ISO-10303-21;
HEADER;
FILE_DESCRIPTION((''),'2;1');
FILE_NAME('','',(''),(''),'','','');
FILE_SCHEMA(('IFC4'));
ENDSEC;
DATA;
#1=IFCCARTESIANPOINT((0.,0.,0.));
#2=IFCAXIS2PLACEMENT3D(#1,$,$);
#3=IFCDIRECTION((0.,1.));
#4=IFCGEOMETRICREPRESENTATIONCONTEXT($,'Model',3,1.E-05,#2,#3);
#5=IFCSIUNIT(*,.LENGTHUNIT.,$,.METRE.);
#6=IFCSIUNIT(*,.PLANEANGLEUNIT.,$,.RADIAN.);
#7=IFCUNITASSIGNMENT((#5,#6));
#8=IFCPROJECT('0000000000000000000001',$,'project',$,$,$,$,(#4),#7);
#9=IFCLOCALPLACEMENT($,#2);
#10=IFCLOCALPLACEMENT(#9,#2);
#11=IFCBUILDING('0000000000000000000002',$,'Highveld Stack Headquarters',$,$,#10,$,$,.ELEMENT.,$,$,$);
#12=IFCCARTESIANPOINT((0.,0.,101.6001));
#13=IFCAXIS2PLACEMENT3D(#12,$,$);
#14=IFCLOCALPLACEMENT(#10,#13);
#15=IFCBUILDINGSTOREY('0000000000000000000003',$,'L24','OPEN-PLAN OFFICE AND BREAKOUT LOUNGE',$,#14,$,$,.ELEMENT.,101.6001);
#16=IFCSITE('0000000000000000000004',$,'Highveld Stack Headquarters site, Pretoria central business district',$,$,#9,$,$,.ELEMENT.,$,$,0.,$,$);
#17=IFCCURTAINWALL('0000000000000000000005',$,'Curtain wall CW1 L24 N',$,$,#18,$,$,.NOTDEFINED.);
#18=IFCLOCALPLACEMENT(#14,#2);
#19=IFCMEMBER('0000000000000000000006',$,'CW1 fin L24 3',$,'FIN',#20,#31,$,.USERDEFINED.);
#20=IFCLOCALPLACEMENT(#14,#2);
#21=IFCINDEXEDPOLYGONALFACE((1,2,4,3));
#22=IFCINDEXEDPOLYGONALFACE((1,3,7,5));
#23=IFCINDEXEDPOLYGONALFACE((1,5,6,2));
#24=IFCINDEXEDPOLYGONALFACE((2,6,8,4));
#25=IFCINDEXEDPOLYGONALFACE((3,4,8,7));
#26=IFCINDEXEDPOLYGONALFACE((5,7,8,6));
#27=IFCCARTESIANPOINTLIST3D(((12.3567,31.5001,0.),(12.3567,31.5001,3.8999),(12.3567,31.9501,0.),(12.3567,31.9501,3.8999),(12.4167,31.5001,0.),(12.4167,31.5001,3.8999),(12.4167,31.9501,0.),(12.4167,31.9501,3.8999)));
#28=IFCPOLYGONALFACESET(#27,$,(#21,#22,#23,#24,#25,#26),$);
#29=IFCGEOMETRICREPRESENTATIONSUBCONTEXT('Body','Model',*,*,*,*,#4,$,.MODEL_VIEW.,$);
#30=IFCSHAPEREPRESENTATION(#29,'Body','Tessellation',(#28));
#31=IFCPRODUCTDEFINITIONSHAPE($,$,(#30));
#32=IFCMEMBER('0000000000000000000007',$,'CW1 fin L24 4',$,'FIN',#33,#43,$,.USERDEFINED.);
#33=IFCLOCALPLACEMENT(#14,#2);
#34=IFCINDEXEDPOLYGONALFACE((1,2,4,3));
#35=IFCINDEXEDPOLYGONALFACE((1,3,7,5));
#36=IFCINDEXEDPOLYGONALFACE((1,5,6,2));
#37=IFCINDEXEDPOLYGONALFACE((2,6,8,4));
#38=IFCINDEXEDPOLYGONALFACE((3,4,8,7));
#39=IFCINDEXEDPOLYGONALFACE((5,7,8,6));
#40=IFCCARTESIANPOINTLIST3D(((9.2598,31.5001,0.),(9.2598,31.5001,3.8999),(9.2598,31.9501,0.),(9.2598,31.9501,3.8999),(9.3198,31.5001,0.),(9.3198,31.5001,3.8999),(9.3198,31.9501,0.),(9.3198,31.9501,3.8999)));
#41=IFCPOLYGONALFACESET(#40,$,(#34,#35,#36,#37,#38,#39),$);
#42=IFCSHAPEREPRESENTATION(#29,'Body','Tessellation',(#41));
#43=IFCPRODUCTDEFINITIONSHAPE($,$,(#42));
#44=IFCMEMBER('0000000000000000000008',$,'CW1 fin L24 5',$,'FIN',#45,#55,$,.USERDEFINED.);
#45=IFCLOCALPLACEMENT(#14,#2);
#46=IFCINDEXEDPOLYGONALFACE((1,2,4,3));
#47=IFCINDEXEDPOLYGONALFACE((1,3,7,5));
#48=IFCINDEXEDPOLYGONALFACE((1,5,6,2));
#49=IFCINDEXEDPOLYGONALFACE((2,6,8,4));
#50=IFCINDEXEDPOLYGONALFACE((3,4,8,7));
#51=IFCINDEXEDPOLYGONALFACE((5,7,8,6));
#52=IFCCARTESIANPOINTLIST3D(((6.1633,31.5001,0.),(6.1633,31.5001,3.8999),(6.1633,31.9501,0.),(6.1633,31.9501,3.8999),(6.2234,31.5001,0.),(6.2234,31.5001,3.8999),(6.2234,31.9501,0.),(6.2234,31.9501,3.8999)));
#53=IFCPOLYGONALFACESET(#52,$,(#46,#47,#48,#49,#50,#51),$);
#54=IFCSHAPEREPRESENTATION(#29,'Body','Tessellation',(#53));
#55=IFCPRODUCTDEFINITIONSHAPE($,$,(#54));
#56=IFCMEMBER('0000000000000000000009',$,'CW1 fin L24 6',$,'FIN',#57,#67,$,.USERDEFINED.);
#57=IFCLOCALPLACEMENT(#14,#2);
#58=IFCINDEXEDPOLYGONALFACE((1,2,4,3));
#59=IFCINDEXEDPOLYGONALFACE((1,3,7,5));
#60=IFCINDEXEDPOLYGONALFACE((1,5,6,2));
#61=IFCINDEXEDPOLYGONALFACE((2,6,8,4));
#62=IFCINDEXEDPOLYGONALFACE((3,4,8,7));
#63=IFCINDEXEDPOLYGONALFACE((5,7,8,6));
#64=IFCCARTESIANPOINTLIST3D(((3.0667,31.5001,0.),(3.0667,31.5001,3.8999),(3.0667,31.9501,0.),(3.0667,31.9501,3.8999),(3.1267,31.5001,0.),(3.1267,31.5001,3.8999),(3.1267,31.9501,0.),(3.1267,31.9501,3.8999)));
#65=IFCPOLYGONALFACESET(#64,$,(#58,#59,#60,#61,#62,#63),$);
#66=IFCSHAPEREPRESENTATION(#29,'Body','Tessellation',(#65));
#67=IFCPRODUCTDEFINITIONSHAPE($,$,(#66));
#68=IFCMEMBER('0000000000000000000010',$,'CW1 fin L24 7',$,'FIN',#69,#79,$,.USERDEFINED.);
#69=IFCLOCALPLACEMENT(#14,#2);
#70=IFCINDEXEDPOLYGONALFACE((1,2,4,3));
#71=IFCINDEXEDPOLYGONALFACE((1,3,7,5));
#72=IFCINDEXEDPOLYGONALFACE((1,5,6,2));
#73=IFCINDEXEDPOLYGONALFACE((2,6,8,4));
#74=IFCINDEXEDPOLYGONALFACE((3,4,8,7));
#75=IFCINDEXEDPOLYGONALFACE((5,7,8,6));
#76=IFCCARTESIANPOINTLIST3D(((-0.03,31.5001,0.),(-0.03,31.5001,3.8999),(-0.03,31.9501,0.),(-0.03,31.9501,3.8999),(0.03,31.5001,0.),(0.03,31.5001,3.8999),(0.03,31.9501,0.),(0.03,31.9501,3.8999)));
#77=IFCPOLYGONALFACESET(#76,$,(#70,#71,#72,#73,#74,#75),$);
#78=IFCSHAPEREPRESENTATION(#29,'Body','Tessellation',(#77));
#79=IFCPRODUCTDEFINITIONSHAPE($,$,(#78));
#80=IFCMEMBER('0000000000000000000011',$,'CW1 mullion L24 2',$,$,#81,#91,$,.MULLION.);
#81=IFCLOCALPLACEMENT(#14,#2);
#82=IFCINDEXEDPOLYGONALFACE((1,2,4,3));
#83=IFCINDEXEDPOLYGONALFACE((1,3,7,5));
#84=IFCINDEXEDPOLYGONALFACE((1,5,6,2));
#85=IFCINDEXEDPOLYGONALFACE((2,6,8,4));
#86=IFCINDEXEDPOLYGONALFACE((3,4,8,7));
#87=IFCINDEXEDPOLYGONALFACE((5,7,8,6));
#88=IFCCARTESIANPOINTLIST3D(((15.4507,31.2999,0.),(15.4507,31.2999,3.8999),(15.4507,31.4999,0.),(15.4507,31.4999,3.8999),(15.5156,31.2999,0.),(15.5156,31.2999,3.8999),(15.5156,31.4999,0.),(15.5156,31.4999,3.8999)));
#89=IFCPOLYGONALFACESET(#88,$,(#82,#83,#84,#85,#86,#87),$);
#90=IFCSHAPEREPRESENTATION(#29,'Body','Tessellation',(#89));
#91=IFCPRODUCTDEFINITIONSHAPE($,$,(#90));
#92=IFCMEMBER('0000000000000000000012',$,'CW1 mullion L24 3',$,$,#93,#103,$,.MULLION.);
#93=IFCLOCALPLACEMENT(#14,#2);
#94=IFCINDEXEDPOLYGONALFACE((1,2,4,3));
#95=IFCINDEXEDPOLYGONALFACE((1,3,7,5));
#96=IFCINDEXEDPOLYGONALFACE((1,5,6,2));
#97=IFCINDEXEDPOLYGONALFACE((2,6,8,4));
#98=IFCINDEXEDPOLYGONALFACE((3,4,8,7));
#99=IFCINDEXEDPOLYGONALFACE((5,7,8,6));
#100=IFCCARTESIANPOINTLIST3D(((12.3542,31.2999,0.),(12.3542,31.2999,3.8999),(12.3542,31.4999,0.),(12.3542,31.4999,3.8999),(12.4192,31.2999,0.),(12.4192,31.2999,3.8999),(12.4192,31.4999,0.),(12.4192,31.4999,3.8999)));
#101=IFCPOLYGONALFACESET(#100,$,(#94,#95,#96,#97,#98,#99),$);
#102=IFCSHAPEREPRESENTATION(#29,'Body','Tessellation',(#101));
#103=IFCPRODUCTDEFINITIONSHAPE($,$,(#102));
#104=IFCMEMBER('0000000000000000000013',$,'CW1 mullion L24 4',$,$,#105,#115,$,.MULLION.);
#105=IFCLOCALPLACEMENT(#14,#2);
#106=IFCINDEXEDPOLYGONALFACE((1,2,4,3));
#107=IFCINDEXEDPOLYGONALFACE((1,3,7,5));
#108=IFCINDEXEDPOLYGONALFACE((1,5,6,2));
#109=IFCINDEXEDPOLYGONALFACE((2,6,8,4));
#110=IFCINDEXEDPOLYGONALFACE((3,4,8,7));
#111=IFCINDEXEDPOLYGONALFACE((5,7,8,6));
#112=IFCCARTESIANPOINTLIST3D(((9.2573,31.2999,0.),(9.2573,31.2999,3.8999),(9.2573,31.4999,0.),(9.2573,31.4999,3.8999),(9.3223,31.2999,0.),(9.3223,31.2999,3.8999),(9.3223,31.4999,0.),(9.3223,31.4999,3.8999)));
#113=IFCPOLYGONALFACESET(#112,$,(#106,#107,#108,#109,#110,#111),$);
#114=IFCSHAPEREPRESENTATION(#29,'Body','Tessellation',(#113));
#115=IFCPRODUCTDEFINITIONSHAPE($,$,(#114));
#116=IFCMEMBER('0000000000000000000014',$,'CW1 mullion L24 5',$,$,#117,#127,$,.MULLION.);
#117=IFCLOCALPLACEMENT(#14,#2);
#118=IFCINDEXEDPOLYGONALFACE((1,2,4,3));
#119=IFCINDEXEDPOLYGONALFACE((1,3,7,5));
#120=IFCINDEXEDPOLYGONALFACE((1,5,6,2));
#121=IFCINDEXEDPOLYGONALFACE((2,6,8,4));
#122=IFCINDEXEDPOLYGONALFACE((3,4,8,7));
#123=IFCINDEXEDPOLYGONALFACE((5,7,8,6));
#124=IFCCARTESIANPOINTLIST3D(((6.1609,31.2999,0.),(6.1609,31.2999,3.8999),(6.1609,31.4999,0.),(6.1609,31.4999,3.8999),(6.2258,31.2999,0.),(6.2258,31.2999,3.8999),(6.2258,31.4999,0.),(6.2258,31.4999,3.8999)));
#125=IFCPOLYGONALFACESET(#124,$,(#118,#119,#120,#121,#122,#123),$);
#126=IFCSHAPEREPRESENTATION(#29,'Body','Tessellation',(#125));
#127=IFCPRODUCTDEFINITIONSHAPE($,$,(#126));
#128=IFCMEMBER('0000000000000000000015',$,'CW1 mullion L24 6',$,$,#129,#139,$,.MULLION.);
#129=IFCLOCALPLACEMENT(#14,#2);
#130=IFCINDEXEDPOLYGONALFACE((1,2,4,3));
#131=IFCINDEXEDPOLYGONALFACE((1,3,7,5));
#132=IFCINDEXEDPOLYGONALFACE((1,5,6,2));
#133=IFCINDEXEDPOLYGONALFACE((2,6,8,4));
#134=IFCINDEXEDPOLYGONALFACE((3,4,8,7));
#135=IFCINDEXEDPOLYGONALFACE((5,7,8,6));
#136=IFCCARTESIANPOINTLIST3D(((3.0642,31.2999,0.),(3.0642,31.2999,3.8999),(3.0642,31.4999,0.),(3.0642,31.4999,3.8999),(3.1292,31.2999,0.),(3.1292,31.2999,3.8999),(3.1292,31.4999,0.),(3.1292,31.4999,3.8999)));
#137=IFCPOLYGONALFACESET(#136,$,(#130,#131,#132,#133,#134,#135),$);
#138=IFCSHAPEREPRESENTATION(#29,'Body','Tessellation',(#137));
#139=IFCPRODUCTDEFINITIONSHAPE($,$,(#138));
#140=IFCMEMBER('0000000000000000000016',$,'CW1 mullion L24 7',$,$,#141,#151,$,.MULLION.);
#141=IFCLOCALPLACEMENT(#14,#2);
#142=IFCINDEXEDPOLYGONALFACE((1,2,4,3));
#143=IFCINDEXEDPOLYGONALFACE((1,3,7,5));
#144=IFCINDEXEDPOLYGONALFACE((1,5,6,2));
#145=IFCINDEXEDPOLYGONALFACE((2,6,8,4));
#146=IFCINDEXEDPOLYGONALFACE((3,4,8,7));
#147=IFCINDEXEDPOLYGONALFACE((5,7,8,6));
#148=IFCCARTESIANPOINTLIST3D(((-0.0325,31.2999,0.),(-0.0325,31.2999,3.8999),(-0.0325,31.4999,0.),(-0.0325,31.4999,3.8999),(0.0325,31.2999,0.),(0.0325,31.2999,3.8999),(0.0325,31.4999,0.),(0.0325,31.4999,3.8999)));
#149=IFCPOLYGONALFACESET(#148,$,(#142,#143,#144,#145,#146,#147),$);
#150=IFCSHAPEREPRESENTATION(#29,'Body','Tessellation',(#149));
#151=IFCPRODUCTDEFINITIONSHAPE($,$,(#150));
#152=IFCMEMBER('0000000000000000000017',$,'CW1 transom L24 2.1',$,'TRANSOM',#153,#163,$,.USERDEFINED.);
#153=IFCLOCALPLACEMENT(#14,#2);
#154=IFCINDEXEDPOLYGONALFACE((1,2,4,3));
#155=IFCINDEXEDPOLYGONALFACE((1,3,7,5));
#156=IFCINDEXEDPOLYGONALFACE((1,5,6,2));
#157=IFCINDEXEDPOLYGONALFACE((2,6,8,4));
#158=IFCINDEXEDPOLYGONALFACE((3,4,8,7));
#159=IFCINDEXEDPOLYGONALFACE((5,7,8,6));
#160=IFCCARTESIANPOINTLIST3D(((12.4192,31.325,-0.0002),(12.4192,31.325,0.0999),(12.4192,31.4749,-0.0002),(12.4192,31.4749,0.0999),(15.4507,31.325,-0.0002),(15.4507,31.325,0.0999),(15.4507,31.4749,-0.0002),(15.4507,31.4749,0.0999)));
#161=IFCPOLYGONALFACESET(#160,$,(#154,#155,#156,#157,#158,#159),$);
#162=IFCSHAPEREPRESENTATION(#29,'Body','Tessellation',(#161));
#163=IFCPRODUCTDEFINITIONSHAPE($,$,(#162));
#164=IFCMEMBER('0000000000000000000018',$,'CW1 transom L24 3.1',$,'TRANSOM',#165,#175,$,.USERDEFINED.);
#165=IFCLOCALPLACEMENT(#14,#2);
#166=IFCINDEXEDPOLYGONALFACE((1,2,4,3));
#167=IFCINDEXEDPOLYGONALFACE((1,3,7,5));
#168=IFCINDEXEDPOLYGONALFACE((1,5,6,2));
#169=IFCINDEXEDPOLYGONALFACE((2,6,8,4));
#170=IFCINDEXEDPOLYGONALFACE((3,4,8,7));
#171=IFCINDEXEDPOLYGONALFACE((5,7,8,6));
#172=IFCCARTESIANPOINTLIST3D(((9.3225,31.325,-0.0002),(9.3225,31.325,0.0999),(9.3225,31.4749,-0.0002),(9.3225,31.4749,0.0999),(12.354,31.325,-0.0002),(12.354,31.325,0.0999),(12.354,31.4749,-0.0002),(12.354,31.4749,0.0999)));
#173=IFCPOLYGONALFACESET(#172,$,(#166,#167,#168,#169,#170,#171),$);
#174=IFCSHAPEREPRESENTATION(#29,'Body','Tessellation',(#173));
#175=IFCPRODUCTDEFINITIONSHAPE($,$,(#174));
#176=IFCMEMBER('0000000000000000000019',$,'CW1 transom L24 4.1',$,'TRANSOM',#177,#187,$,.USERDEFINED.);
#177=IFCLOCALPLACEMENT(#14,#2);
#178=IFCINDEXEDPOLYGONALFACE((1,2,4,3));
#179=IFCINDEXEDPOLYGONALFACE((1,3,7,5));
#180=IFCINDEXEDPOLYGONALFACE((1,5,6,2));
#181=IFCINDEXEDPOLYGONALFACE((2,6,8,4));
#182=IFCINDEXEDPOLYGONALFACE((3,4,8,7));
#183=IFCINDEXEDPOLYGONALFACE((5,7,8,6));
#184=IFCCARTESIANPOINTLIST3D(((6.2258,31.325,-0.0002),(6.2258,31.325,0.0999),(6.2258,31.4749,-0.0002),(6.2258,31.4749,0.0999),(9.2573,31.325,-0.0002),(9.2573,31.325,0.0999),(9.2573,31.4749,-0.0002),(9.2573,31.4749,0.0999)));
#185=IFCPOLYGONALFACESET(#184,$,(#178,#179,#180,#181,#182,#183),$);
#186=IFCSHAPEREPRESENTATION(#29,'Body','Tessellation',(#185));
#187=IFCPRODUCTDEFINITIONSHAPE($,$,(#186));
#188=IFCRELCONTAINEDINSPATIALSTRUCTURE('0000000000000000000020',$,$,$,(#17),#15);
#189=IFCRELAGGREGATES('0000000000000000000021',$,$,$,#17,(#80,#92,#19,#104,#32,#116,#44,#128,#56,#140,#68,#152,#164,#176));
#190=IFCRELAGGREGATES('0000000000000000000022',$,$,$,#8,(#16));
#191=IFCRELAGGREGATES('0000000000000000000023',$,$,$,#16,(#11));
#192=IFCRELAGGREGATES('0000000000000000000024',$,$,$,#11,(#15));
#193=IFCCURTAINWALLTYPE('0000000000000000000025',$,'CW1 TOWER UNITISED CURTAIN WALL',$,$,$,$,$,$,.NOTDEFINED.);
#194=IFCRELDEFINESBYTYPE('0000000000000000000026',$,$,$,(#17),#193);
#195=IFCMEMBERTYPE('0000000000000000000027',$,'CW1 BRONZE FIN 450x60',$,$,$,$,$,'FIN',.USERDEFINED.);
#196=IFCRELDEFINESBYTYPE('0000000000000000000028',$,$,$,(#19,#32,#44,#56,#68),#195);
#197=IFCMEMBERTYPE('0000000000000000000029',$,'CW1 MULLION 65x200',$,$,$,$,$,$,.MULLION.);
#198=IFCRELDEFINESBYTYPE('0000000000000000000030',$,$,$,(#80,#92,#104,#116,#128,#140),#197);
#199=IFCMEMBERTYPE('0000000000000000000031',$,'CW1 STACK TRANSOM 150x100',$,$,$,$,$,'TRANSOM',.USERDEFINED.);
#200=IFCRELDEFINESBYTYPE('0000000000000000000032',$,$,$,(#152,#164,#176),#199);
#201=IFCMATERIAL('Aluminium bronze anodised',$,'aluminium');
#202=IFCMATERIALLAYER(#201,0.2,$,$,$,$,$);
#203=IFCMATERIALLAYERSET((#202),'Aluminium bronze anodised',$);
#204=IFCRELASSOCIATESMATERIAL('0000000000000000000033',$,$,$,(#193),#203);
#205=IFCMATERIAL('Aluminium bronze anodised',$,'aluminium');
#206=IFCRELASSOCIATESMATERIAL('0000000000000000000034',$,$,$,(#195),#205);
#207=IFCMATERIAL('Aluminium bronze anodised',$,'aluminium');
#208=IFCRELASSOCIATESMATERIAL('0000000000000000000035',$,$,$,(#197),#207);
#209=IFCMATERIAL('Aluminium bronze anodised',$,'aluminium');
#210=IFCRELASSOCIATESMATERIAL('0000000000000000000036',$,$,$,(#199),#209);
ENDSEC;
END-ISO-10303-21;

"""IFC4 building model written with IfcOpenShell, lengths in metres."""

from ifc_helpers import new_model, si_unit, direction, frame, origin, origin_2d, place, context, subcontext, project, spatial, rectangle, extrude, material, layer, layer_set, material_profile, profile_set, type_object, element, aggregate, save


model = new_model("IFC4")

# Units and contexts
model_context = context("Model", 3, precision=1e-05, world=origin(), true_north=direction((0.0, 1.0)))
body_context = subcontext(model_context, "Body", "Model", "MODEL_VIEW")
ifc_project = project(units=[si_unit("LENGTHUNIT", "METRE"), si_unit("PLANEANGLEUNIT", "RADIAN")], contexts=[model_context])

# Site, building, storey
site_placement = place(None, origin())
site = spatial("IfcSite", under=ifc_project, at=site_placement, Name="Highveld Stack Headquarters site, Pretoria central business district", CompositionType="ELEMENT", RefElevation=0.0)
building_placement = place(site_placement, origin())
building = spatial("IfcBuilding", under=site, at=building_placement, Name="Highveld Stack Headquarters", CompositionType="ELEMENT")
storey_placement = place(building_placement, frame((0.0, 0.0, 101.6001)))
storey = spatial("IfcBuildingStorey", under=building, at=storey_placement, Name="L24", Description="OPEN-PLAN OFFICE AND BREAKOUT LOUNGE", CompositionType="ELEMENT", Elevation=101.6001)

# Curtain wall, members
ifc_material_1 = material(Name="Aluminium bronze anodised", Category="aluminium")
ifc_layer_1 = layer(ifc_material_1, 0.2)
ifc_layer_set_1 = layer_set([ifc_layer_1], Name="Aluminium bronze anodised")
curtain_wall_type = type_object("IfcCurtainWallType", Name="CW1 TOWER UNITISED CURTAIN WALL", PredefinedType="NOTDEFINED", material=ifc_layer_set_1)
curtain_wall_placement = place(storey_placement, origin())
curtain_wall = element("IfcCurtainWall", 1, at=curtain_wall_placement, inside=storey, type_object=curtain_wall_type, Name="Curtain wall CW1 L24 N", PredefinedType="NOTDEFINED")
ifc_material_2 = material(Name="Aluminium bronze anodised", Category="aluminium")
ifc_material_profile_1 = material_profile(ifc_material_2, rectangle(XDim=0.45, YDim=0.0601, at=origin_2d()), Name="FIN 450x60")
ifc_profile_set_1 = profile_set([ifc_material_profile_1], Name="Aluminium bronze anodised")
member_type_1 = type_object("IfcMemberType", Name="CW1 BRONZE FIN 450x60", ElementType="FIN", PredefinedType="USERDEFINED", material=ifc_profile_set_1)
member_1_placement = place(storey_placement, frame((12.3867, 31.7251, 0.0), z_axis=(0.0, 0.0, 1.0), x_axis=(0.0, -1.0, 0.0)))
member_1 = element("IfcMember", 2, at=member_1_placement, type_object=member_type_1, Name="CW1 fin L24 3", ObjectType="FIN", PredefinedType="USERDEFINED", context=body_context, shape_type="SweptSolid", body=[
    extrude(rectangle(XDim=0.45, YDim=0.0601, at=origin_2d()), origin(), (0.0, 0.0, 1.0), 3.8999),
])
member_2_placement = place(storey_placement, frame((9.2898, 31.7251, 0.0), z_axis=(0.0, 0.0, 1.0), x_axis=(0.0, -1.0, 0.0)))
member_2 = element("IfcMember", 3, at=member_2_placement, type_object=member_type_1, Name="CW1 fin L24 4", ObjectType="FIN", PredefinedType="USERDEFINED", context=body_context, shape_type="SweptSolid", body=[
    extrude(rectangle(XDim=0.45, YDim=0.0601, at=origin_2d()), origin(), (0.0, 0.0, 1.0), 3.8999),
])
member_3_placement = place(storey_placement, frame((6.1934, 31.7251, 0.0), z_axis=(0.0, 0.0, 1.0), x_axis=(0.0, -1.0, 0.0)))
member_3 = element("IfcMember", 4, at=member_3_placement, type_object=member_type_1, Name="CW1 fin L24 5", ObjectType="FIN", PredefinedType="USERDEFINED", context=body_context, shape_type="SweptSolid", body=[
    extrude(rectangle(XDim=0.45, YDim=0.0601, at=origin_2d()), origin(), (0.0, 0.0, 1.0), 3.8999),
])
member_4_placement = place(storey_placement, frame((3.0967, 31.7251, 0.0), z_axis=(0.0, 0.0, 1.0), x_axis=(0.0, -1.0, 0.0)))
member_4 = element("IfcMember", 5, at=member_4_placement, type_object=member_type_1, Name="CW1 fin L24 6", ObjectType="FIN", PredefinedType="USERDEFINED", context=body_context, shape_type="SweptSolid", body=[
    extrude(rectangle(XDim=0.45, YDim=0.0601, at=origin_2d()), origin(), (0.0, 0.0, 1.0), 3.8999),
])
member_5_placement = place(storey_placement, frame((0.0, 31.7251, 0.0), z_axis=(0.0, 0.0, 1.0), x_axis=(0.0, -1.0, 0.0)))
member_5 = element("IfcMember", 6, at=member_5_placement, type_object=member_type_1, Name="CW1 fin L24 7", ObjectType="FIN", PredefinedType="USERDEFINED", context=body_context, shape_type="SweptSolid", body=[
    extrude(rectangle(XDim=0.45, YDim=0.0601, at=origin_2d()), origin(), (0.0, 0.0, 1.0), 3.8999),
])
ifc_material_3 = material(Name="Aluminium bronze anodised", Category="aluminium")
ifc_material_profile_2 = material_profile(ifc_material_3, rectangle(XDim=0.2, YDim=0.0649, at=origin_2d()), Name="CW1 MULLION 65x200")
ifc_profile_set_2 = profile_set([ifc_material_profile_2], Name="Aluminium bronze anodised")
member_type_2 = type_object("IfcMemberType", Name="CW1 MULLION 65x200", PredefinedType="MULLION", material=ifc_profile_set_2)
member_6_placement = place(storey_placement, frame((15.4832, 31.3999, 0.0), z_axis=(0.0, 0.0, 1.0), x_axis=(0.0, -1.0, 0.0)))
member_6 = element("IfcMember", 7, at=member_6_placement, type_object=member_type_2, Name="CW1 mullion L24 2", PredefinedType="MULLION", context=body_context, shape_type="SweptSolid", body=[
    extrude(rectangle(XDim=0.2, YDim=0.0649, at=origin_2d()), origin(), (0.0, 0.0, 1.0), 3.8999),
])
member_7_placement = place(storey_placement, frame((12.3867, 31.3999, 0.0), z_axis=(0.0, 0.0, 1.0), x_axis=(0.0, -1.0, 0.0)))
member_7 = element("IfcMember", 8, at=member_7_placement, type_object=member_type_2, Name="CW1 mullion L24 3", PredefinedType="MULLION", context=body_context, shape_type="SweptSolid", body=[
    extrude(rectangle(XDim=0.2, YDim=0.0649, at=origin_2d()), origin(), (0.0, 0.0, 1.0), 3.8999),
])
member_8_placement = place(storey_placement, frame((9.2898, 31.3999, 0.0), z_axis=(0.0, 0.0, 1.0), x_axis=(0.0, -1.0, 0.0)))
member_8 = element("IfcMember", 9, at=member_8_placement, type_object=member_type_2, Name="CW1 mullion L24 4", PredefinedType="MULLION", context=body_context, shape_type="SweptSolid", body=[
    extrude(rectangle(XDim=0.2, YDim=0.0649, at=origin_2d()), origin(), (0.0, 0.0, 1.0), 3.8999),
])
member_9_placement = place(storey_placement, frame((6.1934, 31.3999, 0.0), z_axis=(0.0, 0.0, 1.0), x_axis=(0.0, -1.0, 0.0)))
member_9 = element("IfcMember", 10, at=member_9_placement, type_object=member_type_2, Name="CW1 mullion L24 5", PredefinedType="MULLION", context=body_context, shape_type="SweptSolid", body=[
    extrude(rectangle(XDim=0.2, YDim=0.0649, at=origin_2d()), origin(), (0.0, 0.0, 1.0), 3.8999),
])
member_10_placement = place(storey_placement, frame((3.0967, 31.3999, 0.0), z_axis=(0.0, 0.0, 1.0), x_axis=(0.0, -1.0, 0.0)))
member_10 = element("IfcMember", 11, at=member_10_placement, type_object=member_type_2, Name="CW1 mullion L24 6", PredefinedType="MULLION", context=body_context, shape_type="SweptSolid", body=[
    extrude(rectangle(XDim=0.2, YDim=0.0649, at=origin_2d()), origin(), (0.0, 0.0, 1.0), 3.8999),
])
member_11_placement = place(storey_placement, frame((0.0, 31.3999, 0.0), z_axis=(0.0, 0.0, 1.0), x_axis=(0.0, -1.0, 0.0)))
member_11 = element("IfcMember", 12, at=member_11_placement, type_object=member_type_2, Name="CW1 mullion L24 7", PredefinedType="MULLION", context=body_context, shape_type="SweptSolid", body=[
    extrude(rectangle(XDim=0.2, YDim=0.0649, at=origin_2d()), origin(), (0.0, 0.0, 1.0), 3.8999),
])
ifc_material_4 = material(Name="Aluminium bronze anodised", Category="aluminium")
ifc_material_profile_3 = material_profile(ifc_material_4, rectangle(XDim=0.1499, YDim=0.1001, at=origin_2d()), Name="CW1 TRANSOM 150x100")
ifc_profile_set_3 = profile_set([ifc_material_profile_3], Name="Aluminium bronze anodised")
member_type_3 = type_object("IfcMemberType", Name="CW1 STACK TRANSOM 150x100", ElementType="TRANSOM", PredefinedType="USERDEFINED", material=ifc_profile_set_3)
member_12_placement = place(storey_placement, frame((15.4507, 31.3999, 0.0498), z_axis=(-1.0, 0.0, 0.0), x_axis=(0.0, -1.0, 0.0)))
member_12 = element("IfcMember", 13, at=member_12_placement, type_object=member_type_3, Name="CW1 transom L24 2.1", ObjectType="TRANSOM", PredefinedType="USERDEFINED", context=body_context, shape_type="SweptSolid", body=[
    extrude(rectangle(XDim=0.1499, YDim=0.1001, at=origin_2d()), origin(), (0.0, 0.0, 1.0), 3.0315),
])
member_13_placement = place(storey_placement, frame((12.354, 31.3999, 0.0498), z_axis=(-1.0, 0.0, 0.0), x_axis=(0.0, -1.0, 0.0)))
member_13 = element("IfcMember", 14, at=member_13_placement, type_object=member_type_3, Name="CW1 transom L24 3.1", ObjectType="TRANSOM", PredefinedType="USERDEFINED", context=body_context, shape_type="SweptSolid", body=[
    extrude(rectangle(XDim=0.1499, YDim=0.1001, at=origin_2d()), origin(), (0.0, 0.0, 1.0), 3.0315),
])
member_14_placement = place(storey_placement, frame((9.2573, 31.3999, 0.0498), z_axis=(-1.0, 0.0, 0.0), x_axis=(0.0, -1.0, 0.0)))
member_14 = element("IfcMember", 15, at=member_14_placement, type_object=member_type_3, Name="CW1 transom L24 4.1", ObjectType="TRANSOM", PredefinedType="USERDEFINED", context=body_context, shape_type="SweptSolid", body=[
    extrude(rectangle(XDim=0.1499, YDim=0.1001, at=origin_2d()), origin(), (0.0, 0.0, 1.0), 3.0315),
])

aggregate(curtain_wall, [member_6, member_7, member_1, member_8, member_2, member_9, member_3, member_10, member_4, member_11, member_5, member_12, member_13, member_14])

save(model, "model.ifc")
